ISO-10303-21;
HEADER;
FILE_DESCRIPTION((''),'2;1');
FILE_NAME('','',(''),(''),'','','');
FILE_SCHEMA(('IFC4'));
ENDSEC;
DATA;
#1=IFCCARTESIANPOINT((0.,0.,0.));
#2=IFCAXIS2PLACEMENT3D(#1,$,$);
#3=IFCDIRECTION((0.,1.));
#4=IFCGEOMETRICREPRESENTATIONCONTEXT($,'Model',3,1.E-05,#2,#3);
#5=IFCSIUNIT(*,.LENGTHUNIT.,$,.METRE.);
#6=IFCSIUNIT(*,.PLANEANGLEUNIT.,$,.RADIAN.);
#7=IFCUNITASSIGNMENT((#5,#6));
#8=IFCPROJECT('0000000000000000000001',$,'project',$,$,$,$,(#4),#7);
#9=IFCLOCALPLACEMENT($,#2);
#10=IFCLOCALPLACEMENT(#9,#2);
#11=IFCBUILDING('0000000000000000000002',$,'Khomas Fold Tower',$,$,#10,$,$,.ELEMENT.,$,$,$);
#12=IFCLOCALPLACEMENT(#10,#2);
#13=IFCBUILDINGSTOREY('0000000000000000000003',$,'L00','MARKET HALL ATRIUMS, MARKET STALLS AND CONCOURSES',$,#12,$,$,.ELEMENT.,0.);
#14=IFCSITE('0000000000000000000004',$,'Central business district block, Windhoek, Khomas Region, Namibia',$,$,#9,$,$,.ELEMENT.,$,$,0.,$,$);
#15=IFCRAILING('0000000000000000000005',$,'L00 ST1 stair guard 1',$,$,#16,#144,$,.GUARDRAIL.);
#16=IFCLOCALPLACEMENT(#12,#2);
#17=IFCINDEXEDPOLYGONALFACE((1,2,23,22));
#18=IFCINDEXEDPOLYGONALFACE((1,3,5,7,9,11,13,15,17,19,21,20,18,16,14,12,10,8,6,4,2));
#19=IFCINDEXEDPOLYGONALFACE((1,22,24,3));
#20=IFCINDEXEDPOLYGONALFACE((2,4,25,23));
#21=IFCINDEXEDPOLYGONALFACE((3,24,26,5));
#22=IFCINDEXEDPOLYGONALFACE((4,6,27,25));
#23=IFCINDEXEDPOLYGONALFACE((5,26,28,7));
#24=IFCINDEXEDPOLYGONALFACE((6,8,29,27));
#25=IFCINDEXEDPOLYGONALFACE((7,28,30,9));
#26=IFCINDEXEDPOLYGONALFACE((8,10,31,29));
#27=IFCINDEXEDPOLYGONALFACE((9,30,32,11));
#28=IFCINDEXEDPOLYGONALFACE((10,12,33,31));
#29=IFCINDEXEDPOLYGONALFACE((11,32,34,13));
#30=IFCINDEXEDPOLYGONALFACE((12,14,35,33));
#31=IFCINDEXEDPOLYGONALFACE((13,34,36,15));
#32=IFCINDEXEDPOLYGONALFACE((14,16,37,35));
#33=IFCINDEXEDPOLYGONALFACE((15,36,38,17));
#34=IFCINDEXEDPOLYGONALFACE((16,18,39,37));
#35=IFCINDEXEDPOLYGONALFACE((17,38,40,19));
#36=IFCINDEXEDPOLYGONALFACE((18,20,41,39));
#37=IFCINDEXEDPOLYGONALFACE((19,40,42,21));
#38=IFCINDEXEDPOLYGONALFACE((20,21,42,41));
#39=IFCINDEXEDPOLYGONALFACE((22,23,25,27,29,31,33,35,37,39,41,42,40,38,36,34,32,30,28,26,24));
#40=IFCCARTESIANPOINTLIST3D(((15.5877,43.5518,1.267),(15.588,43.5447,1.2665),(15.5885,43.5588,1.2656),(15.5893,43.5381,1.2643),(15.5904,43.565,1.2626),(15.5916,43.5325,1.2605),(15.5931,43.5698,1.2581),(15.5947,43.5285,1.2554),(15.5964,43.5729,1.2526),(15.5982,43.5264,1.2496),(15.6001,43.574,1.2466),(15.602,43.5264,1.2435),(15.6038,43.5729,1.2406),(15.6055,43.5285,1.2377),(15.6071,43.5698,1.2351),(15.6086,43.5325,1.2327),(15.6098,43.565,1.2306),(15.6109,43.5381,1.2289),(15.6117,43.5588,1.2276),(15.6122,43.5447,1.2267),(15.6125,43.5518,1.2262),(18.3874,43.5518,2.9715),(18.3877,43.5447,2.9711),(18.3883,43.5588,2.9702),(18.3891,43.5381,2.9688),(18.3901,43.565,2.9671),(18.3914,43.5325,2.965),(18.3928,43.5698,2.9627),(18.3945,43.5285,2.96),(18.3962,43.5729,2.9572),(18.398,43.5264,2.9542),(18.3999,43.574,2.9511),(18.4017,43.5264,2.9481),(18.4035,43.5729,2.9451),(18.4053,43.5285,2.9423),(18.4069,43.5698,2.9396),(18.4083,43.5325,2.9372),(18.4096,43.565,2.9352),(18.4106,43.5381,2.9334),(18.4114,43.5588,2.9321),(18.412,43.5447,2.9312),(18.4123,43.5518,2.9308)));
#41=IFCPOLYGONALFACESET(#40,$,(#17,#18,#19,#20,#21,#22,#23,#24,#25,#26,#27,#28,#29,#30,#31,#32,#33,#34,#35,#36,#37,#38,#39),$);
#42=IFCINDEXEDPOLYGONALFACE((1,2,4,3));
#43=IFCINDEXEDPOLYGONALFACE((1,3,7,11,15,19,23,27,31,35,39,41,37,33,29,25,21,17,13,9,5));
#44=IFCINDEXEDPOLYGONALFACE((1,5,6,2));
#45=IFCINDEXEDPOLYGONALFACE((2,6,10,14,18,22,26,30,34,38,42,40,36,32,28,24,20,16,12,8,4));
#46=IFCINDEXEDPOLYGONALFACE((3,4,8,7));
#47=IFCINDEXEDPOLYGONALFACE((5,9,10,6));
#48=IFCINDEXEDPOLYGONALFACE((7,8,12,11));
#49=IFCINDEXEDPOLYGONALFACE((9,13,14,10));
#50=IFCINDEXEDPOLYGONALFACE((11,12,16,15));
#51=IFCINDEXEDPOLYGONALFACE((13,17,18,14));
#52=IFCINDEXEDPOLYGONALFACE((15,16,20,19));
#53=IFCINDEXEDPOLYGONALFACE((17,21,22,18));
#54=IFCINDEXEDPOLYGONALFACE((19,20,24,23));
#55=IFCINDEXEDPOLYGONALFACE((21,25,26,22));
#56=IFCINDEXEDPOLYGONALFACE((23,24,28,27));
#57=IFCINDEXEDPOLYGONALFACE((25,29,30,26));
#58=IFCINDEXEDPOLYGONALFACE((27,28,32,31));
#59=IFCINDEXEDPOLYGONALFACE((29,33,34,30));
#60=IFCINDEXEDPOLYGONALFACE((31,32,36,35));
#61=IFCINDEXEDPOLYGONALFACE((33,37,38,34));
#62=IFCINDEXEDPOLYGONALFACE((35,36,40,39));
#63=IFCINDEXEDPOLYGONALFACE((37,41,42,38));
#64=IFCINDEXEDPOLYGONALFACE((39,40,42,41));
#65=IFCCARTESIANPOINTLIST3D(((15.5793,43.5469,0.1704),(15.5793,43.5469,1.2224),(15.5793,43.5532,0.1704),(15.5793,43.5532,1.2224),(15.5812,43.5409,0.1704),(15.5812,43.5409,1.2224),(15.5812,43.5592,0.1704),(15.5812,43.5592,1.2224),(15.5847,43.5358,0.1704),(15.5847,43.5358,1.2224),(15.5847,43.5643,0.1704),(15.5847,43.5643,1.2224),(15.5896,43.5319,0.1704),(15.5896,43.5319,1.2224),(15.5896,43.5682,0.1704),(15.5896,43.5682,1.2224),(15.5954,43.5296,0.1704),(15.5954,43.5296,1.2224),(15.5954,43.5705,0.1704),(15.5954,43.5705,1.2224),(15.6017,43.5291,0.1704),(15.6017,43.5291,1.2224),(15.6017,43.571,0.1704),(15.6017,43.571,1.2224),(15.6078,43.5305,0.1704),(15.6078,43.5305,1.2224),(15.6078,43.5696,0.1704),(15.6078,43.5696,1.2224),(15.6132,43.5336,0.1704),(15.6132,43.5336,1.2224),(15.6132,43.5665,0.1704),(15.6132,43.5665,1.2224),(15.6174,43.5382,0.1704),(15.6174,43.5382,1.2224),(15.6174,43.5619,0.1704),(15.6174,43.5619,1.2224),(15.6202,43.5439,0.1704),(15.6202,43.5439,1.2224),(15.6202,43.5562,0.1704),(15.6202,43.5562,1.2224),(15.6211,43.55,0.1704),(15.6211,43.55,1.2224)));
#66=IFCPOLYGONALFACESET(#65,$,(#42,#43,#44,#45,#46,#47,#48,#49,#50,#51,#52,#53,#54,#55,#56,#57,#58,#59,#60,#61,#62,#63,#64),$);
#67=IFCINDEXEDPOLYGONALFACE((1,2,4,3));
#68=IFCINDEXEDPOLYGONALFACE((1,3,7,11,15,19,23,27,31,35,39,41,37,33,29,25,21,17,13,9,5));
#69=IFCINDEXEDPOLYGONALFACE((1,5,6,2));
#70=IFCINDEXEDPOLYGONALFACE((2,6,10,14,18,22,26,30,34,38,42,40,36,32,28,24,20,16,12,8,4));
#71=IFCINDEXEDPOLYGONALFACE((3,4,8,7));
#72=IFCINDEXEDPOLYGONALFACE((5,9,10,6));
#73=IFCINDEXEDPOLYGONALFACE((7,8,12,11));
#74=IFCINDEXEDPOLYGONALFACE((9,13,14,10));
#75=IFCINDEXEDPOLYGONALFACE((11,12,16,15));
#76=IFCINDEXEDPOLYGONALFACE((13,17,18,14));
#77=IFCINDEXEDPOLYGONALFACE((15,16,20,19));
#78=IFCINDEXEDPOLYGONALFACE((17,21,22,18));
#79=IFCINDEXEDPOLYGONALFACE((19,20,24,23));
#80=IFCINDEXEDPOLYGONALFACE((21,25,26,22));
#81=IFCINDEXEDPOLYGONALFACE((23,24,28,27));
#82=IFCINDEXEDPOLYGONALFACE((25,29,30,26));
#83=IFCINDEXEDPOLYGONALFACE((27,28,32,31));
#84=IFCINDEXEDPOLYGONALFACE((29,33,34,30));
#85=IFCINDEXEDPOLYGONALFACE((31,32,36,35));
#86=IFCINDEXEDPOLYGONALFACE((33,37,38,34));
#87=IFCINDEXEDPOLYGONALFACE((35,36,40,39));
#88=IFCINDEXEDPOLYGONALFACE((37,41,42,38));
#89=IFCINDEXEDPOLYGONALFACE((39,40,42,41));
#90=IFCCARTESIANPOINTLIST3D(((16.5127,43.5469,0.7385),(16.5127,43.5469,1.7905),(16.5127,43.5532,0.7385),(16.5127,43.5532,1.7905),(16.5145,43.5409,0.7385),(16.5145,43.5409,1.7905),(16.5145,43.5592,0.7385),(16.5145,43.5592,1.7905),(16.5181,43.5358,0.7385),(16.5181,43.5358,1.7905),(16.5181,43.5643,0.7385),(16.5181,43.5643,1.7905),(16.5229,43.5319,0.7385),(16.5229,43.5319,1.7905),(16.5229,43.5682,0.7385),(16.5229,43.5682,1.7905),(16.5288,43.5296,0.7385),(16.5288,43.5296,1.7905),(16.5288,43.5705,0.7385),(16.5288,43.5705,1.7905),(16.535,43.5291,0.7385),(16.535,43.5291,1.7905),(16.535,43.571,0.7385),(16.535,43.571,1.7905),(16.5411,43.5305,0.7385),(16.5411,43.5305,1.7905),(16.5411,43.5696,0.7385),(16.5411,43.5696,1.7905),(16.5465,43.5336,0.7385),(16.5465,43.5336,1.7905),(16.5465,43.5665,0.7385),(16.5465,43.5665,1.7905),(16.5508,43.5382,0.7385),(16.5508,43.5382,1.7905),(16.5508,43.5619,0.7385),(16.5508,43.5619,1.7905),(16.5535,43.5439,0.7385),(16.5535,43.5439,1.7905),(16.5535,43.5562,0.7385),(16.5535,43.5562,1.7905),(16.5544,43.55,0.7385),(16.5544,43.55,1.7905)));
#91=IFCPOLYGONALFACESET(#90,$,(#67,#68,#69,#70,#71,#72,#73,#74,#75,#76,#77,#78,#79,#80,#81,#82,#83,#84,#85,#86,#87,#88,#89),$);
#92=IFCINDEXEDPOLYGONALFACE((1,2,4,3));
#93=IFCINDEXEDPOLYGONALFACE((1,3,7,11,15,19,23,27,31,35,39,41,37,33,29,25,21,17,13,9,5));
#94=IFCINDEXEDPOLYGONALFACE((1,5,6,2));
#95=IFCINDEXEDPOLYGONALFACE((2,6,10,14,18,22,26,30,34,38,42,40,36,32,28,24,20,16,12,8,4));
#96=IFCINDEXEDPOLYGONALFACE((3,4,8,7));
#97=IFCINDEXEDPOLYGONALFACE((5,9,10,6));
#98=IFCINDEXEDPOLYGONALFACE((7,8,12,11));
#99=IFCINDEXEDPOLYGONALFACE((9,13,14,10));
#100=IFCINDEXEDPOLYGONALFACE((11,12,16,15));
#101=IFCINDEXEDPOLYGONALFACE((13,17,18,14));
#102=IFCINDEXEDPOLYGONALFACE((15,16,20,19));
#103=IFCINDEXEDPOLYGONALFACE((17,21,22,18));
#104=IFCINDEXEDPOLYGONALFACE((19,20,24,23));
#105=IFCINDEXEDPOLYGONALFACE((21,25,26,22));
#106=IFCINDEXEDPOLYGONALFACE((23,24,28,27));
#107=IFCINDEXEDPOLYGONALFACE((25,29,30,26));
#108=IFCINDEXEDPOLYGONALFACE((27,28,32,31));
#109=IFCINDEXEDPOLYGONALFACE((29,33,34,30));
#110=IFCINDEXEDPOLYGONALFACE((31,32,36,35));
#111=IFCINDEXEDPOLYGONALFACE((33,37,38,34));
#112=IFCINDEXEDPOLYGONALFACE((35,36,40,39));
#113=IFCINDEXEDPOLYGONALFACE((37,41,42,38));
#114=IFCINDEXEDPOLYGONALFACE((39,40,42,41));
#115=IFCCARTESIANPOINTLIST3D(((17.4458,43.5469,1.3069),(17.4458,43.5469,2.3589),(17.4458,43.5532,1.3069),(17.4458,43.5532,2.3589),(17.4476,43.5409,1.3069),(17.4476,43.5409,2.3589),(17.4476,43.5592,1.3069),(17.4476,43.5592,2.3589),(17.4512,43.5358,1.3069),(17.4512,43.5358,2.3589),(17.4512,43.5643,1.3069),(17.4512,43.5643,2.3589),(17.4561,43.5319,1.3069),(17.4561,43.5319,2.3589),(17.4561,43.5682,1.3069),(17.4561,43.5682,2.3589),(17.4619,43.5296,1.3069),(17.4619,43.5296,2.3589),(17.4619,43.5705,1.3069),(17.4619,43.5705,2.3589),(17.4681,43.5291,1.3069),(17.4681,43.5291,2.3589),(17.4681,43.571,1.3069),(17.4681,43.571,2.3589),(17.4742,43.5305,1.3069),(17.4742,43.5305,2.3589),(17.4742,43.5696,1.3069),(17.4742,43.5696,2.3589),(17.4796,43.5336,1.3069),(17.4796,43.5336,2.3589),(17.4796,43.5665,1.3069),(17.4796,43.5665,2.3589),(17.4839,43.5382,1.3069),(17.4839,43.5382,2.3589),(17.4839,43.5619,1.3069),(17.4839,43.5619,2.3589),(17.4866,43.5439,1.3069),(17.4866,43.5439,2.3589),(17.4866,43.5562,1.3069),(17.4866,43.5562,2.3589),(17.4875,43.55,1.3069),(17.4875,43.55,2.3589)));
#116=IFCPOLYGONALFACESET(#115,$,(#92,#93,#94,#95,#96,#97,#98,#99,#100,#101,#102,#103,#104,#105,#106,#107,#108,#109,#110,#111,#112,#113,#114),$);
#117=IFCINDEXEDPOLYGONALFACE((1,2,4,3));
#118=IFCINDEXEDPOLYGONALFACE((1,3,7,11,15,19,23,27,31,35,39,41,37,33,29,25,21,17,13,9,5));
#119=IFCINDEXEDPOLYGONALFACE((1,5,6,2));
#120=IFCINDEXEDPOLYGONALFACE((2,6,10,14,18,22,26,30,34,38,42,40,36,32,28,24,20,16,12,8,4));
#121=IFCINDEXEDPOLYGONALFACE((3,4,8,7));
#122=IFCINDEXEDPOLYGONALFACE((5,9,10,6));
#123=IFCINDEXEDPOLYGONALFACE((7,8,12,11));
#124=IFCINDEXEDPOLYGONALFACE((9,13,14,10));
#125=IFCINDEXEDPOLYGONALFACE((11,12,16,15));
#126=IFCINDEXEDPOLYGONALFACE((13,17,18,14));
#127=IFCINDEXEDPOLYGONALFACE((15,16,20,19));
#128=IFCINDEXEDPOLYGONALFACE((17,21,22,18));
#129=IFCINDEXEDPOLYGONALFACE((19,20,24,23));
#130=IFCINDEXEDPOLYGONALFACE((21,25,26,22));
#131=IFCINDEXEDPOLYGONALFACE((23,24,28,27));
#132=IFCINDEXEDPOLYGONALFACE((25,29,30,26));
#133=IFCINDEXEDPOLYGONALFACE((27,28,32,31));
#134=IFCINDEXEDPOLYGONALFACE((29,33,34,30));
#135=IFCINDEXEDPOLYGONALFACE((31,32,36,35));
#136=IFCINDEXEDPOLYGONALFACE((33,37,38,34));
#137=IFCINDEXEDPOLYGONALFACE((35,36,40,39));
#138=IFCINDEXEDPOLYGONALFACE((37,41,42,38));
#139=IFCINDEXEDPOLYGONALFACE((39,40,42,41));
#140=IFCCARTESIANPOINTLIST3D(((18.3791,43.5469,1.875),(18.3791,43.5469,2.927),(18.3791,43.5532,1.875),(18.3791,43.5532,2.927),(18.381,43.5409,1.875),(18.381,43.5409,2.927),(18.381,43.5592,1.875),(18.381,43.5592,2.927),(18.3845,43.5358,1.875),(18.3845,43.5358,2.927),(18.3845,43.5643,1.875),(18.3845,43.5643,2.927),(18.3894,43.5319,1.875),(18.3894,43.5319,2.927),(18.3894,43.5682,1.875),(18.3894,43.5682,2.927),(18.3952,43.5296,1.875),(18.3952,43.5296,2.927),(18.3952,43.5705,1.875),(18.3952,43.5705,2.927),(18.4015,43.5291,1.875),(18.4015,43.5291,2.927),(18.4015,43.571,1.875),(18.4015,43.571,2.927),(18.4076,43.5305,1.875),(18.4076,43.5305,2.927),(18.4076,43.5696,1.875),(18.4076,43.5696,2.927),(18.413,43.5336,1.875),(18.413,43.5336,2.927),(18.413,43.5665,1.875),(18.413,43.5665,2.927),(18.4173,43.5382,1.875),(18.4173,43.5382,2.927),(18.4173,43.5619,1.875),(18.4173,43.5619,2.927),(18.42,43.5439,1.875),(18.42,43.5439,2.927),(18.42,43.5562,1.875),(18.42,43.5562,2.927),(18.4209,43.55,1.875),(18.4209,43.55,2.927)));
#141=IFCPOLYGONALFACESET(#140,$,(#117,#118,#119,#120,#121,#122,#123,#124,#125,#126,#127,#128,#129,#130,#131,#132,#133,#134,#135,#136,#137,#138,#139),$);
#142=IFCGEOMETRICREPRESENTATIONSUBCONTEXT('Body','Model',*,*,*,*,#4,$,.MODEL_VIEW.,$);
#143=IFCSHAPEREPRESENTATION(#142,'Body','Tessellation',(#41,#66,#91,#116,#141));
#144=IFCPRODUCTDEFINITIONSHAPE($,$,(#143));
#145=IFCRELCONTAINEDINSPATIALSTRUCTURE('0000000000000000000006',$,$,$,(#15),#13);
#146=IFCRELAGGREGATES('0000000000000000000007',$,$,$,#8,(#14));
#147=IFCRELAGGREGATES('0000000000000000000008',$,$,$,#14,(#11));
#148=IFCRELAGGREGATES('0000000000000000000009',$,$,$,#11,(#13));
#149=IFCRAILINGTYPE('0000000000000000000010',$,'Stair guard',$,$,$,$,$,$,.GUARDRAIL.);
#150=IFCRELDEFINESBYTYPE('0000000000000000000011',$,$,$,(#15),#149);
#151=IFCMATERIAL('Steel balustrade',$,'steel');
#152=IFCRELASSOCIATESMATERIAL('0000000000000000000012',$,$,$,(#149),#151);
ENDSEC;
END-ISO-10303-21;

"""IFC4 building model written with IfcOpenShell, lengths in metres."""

from ifc_helpers import new_model, si_unit, direction, frame, origin, origin_2d, place, context, subcontext, project, spatial, circle, extrude, source, transform, mapped, material, type_object, element, save


model = new_model("IFC4")

# Units and contexts
model_context = context("Model", 3, precision=1e-05, world=origin(), true_north=direction((0.0, 1.0)))
body_context = subcontext(model_context, "Body", "Model", "MODEL_VIEW")
ifc_project = project(units=[si_unit("LENGTHUNIT", "METRE"), si_unit("PLANEANGLEUNIT", "RADIAN")], contexts=[model_context])

# Site, building, storey
site_placement = place(None, origin())
site = spatial("IfcSite", under=ifc_project, at=site_placement, Name="Central business district block, Windhoek, Khomas Region, Namibia", CompositionType="ELEMENT", RefElevation=0.0)
building_placement = place(site_placement, origin())
building = spatial("IfcBuilding", under=site, at=building_placement, Name="Khomas Fold Tower", CompositionType="ELEMENT")
storey_placement = place(building_placement, origin())
storey = spatial("IfcBuildingStorey", under=building, at=storey_placement, Name="L00", Description="MARKET HALL ATRIUMS, MARKET STALLS AND CONCOURSES", CompositionType="ELEMENT", Elevation=0.0)

# Railing
ifc_material_1 = material(Name="Steel balustrade", Category="steel")
railing_type_1 = type_object("IfcRailingType", Name="Stair guard", PredefinedType="GUARDRAIL", material=ifc_material_1)
shared_shape_1 = source(origin(), body_context, "Body", "SweptSolid", [
    extrude(circle(Radius=0.0239, at=origin_2d()), frame((0.0, 0.0, 1.0762), z_axis=(0.85415, 0.0, 0.520027), x_axis=(0.0, 1.0, 0.0)), (0.0, 0.0, 1.0), 3.2778),
    extrude(circle(Radius=0.021, at=origin_2d()), origin(), (0.0, 0.0, 1.0), 1.052),
    extrude(circle(Radius=0.021, at=origin_2d()), frame((0.9333, 0.0, 0.5681)), (0.0, 0.0, 1.0), 1.052),
    extrude(circle(Radius=0.021, at=origin_2d()), frame((1.8665, 0.0, 1.1365)), (0.0, 0.0, 1.0), 1.052),
    extrude(circle(Radius=0.021, at=origin_2d()), frame((2.7998, 0.0, 1.7046)), (0.0, 0.0, 1.0), 1.052),
])
for number, where, name in (
    (1, (15.6001, 43.55, 0.1704), "L00 ST1 stair guard 1"),
):
    element("IfcRailing", number, at=place(storey_placement, frame(where)), inside=storey, type_object=railing_type_1, Name=name, PredefinedType="GUARDRAIL", context=body_context, shape_type="MappedRepresentation", body=[
        mapped(shared_shape_1, transform((0.0, 0.0, 0.0))),
    ])

save(model, "model.ifc")
